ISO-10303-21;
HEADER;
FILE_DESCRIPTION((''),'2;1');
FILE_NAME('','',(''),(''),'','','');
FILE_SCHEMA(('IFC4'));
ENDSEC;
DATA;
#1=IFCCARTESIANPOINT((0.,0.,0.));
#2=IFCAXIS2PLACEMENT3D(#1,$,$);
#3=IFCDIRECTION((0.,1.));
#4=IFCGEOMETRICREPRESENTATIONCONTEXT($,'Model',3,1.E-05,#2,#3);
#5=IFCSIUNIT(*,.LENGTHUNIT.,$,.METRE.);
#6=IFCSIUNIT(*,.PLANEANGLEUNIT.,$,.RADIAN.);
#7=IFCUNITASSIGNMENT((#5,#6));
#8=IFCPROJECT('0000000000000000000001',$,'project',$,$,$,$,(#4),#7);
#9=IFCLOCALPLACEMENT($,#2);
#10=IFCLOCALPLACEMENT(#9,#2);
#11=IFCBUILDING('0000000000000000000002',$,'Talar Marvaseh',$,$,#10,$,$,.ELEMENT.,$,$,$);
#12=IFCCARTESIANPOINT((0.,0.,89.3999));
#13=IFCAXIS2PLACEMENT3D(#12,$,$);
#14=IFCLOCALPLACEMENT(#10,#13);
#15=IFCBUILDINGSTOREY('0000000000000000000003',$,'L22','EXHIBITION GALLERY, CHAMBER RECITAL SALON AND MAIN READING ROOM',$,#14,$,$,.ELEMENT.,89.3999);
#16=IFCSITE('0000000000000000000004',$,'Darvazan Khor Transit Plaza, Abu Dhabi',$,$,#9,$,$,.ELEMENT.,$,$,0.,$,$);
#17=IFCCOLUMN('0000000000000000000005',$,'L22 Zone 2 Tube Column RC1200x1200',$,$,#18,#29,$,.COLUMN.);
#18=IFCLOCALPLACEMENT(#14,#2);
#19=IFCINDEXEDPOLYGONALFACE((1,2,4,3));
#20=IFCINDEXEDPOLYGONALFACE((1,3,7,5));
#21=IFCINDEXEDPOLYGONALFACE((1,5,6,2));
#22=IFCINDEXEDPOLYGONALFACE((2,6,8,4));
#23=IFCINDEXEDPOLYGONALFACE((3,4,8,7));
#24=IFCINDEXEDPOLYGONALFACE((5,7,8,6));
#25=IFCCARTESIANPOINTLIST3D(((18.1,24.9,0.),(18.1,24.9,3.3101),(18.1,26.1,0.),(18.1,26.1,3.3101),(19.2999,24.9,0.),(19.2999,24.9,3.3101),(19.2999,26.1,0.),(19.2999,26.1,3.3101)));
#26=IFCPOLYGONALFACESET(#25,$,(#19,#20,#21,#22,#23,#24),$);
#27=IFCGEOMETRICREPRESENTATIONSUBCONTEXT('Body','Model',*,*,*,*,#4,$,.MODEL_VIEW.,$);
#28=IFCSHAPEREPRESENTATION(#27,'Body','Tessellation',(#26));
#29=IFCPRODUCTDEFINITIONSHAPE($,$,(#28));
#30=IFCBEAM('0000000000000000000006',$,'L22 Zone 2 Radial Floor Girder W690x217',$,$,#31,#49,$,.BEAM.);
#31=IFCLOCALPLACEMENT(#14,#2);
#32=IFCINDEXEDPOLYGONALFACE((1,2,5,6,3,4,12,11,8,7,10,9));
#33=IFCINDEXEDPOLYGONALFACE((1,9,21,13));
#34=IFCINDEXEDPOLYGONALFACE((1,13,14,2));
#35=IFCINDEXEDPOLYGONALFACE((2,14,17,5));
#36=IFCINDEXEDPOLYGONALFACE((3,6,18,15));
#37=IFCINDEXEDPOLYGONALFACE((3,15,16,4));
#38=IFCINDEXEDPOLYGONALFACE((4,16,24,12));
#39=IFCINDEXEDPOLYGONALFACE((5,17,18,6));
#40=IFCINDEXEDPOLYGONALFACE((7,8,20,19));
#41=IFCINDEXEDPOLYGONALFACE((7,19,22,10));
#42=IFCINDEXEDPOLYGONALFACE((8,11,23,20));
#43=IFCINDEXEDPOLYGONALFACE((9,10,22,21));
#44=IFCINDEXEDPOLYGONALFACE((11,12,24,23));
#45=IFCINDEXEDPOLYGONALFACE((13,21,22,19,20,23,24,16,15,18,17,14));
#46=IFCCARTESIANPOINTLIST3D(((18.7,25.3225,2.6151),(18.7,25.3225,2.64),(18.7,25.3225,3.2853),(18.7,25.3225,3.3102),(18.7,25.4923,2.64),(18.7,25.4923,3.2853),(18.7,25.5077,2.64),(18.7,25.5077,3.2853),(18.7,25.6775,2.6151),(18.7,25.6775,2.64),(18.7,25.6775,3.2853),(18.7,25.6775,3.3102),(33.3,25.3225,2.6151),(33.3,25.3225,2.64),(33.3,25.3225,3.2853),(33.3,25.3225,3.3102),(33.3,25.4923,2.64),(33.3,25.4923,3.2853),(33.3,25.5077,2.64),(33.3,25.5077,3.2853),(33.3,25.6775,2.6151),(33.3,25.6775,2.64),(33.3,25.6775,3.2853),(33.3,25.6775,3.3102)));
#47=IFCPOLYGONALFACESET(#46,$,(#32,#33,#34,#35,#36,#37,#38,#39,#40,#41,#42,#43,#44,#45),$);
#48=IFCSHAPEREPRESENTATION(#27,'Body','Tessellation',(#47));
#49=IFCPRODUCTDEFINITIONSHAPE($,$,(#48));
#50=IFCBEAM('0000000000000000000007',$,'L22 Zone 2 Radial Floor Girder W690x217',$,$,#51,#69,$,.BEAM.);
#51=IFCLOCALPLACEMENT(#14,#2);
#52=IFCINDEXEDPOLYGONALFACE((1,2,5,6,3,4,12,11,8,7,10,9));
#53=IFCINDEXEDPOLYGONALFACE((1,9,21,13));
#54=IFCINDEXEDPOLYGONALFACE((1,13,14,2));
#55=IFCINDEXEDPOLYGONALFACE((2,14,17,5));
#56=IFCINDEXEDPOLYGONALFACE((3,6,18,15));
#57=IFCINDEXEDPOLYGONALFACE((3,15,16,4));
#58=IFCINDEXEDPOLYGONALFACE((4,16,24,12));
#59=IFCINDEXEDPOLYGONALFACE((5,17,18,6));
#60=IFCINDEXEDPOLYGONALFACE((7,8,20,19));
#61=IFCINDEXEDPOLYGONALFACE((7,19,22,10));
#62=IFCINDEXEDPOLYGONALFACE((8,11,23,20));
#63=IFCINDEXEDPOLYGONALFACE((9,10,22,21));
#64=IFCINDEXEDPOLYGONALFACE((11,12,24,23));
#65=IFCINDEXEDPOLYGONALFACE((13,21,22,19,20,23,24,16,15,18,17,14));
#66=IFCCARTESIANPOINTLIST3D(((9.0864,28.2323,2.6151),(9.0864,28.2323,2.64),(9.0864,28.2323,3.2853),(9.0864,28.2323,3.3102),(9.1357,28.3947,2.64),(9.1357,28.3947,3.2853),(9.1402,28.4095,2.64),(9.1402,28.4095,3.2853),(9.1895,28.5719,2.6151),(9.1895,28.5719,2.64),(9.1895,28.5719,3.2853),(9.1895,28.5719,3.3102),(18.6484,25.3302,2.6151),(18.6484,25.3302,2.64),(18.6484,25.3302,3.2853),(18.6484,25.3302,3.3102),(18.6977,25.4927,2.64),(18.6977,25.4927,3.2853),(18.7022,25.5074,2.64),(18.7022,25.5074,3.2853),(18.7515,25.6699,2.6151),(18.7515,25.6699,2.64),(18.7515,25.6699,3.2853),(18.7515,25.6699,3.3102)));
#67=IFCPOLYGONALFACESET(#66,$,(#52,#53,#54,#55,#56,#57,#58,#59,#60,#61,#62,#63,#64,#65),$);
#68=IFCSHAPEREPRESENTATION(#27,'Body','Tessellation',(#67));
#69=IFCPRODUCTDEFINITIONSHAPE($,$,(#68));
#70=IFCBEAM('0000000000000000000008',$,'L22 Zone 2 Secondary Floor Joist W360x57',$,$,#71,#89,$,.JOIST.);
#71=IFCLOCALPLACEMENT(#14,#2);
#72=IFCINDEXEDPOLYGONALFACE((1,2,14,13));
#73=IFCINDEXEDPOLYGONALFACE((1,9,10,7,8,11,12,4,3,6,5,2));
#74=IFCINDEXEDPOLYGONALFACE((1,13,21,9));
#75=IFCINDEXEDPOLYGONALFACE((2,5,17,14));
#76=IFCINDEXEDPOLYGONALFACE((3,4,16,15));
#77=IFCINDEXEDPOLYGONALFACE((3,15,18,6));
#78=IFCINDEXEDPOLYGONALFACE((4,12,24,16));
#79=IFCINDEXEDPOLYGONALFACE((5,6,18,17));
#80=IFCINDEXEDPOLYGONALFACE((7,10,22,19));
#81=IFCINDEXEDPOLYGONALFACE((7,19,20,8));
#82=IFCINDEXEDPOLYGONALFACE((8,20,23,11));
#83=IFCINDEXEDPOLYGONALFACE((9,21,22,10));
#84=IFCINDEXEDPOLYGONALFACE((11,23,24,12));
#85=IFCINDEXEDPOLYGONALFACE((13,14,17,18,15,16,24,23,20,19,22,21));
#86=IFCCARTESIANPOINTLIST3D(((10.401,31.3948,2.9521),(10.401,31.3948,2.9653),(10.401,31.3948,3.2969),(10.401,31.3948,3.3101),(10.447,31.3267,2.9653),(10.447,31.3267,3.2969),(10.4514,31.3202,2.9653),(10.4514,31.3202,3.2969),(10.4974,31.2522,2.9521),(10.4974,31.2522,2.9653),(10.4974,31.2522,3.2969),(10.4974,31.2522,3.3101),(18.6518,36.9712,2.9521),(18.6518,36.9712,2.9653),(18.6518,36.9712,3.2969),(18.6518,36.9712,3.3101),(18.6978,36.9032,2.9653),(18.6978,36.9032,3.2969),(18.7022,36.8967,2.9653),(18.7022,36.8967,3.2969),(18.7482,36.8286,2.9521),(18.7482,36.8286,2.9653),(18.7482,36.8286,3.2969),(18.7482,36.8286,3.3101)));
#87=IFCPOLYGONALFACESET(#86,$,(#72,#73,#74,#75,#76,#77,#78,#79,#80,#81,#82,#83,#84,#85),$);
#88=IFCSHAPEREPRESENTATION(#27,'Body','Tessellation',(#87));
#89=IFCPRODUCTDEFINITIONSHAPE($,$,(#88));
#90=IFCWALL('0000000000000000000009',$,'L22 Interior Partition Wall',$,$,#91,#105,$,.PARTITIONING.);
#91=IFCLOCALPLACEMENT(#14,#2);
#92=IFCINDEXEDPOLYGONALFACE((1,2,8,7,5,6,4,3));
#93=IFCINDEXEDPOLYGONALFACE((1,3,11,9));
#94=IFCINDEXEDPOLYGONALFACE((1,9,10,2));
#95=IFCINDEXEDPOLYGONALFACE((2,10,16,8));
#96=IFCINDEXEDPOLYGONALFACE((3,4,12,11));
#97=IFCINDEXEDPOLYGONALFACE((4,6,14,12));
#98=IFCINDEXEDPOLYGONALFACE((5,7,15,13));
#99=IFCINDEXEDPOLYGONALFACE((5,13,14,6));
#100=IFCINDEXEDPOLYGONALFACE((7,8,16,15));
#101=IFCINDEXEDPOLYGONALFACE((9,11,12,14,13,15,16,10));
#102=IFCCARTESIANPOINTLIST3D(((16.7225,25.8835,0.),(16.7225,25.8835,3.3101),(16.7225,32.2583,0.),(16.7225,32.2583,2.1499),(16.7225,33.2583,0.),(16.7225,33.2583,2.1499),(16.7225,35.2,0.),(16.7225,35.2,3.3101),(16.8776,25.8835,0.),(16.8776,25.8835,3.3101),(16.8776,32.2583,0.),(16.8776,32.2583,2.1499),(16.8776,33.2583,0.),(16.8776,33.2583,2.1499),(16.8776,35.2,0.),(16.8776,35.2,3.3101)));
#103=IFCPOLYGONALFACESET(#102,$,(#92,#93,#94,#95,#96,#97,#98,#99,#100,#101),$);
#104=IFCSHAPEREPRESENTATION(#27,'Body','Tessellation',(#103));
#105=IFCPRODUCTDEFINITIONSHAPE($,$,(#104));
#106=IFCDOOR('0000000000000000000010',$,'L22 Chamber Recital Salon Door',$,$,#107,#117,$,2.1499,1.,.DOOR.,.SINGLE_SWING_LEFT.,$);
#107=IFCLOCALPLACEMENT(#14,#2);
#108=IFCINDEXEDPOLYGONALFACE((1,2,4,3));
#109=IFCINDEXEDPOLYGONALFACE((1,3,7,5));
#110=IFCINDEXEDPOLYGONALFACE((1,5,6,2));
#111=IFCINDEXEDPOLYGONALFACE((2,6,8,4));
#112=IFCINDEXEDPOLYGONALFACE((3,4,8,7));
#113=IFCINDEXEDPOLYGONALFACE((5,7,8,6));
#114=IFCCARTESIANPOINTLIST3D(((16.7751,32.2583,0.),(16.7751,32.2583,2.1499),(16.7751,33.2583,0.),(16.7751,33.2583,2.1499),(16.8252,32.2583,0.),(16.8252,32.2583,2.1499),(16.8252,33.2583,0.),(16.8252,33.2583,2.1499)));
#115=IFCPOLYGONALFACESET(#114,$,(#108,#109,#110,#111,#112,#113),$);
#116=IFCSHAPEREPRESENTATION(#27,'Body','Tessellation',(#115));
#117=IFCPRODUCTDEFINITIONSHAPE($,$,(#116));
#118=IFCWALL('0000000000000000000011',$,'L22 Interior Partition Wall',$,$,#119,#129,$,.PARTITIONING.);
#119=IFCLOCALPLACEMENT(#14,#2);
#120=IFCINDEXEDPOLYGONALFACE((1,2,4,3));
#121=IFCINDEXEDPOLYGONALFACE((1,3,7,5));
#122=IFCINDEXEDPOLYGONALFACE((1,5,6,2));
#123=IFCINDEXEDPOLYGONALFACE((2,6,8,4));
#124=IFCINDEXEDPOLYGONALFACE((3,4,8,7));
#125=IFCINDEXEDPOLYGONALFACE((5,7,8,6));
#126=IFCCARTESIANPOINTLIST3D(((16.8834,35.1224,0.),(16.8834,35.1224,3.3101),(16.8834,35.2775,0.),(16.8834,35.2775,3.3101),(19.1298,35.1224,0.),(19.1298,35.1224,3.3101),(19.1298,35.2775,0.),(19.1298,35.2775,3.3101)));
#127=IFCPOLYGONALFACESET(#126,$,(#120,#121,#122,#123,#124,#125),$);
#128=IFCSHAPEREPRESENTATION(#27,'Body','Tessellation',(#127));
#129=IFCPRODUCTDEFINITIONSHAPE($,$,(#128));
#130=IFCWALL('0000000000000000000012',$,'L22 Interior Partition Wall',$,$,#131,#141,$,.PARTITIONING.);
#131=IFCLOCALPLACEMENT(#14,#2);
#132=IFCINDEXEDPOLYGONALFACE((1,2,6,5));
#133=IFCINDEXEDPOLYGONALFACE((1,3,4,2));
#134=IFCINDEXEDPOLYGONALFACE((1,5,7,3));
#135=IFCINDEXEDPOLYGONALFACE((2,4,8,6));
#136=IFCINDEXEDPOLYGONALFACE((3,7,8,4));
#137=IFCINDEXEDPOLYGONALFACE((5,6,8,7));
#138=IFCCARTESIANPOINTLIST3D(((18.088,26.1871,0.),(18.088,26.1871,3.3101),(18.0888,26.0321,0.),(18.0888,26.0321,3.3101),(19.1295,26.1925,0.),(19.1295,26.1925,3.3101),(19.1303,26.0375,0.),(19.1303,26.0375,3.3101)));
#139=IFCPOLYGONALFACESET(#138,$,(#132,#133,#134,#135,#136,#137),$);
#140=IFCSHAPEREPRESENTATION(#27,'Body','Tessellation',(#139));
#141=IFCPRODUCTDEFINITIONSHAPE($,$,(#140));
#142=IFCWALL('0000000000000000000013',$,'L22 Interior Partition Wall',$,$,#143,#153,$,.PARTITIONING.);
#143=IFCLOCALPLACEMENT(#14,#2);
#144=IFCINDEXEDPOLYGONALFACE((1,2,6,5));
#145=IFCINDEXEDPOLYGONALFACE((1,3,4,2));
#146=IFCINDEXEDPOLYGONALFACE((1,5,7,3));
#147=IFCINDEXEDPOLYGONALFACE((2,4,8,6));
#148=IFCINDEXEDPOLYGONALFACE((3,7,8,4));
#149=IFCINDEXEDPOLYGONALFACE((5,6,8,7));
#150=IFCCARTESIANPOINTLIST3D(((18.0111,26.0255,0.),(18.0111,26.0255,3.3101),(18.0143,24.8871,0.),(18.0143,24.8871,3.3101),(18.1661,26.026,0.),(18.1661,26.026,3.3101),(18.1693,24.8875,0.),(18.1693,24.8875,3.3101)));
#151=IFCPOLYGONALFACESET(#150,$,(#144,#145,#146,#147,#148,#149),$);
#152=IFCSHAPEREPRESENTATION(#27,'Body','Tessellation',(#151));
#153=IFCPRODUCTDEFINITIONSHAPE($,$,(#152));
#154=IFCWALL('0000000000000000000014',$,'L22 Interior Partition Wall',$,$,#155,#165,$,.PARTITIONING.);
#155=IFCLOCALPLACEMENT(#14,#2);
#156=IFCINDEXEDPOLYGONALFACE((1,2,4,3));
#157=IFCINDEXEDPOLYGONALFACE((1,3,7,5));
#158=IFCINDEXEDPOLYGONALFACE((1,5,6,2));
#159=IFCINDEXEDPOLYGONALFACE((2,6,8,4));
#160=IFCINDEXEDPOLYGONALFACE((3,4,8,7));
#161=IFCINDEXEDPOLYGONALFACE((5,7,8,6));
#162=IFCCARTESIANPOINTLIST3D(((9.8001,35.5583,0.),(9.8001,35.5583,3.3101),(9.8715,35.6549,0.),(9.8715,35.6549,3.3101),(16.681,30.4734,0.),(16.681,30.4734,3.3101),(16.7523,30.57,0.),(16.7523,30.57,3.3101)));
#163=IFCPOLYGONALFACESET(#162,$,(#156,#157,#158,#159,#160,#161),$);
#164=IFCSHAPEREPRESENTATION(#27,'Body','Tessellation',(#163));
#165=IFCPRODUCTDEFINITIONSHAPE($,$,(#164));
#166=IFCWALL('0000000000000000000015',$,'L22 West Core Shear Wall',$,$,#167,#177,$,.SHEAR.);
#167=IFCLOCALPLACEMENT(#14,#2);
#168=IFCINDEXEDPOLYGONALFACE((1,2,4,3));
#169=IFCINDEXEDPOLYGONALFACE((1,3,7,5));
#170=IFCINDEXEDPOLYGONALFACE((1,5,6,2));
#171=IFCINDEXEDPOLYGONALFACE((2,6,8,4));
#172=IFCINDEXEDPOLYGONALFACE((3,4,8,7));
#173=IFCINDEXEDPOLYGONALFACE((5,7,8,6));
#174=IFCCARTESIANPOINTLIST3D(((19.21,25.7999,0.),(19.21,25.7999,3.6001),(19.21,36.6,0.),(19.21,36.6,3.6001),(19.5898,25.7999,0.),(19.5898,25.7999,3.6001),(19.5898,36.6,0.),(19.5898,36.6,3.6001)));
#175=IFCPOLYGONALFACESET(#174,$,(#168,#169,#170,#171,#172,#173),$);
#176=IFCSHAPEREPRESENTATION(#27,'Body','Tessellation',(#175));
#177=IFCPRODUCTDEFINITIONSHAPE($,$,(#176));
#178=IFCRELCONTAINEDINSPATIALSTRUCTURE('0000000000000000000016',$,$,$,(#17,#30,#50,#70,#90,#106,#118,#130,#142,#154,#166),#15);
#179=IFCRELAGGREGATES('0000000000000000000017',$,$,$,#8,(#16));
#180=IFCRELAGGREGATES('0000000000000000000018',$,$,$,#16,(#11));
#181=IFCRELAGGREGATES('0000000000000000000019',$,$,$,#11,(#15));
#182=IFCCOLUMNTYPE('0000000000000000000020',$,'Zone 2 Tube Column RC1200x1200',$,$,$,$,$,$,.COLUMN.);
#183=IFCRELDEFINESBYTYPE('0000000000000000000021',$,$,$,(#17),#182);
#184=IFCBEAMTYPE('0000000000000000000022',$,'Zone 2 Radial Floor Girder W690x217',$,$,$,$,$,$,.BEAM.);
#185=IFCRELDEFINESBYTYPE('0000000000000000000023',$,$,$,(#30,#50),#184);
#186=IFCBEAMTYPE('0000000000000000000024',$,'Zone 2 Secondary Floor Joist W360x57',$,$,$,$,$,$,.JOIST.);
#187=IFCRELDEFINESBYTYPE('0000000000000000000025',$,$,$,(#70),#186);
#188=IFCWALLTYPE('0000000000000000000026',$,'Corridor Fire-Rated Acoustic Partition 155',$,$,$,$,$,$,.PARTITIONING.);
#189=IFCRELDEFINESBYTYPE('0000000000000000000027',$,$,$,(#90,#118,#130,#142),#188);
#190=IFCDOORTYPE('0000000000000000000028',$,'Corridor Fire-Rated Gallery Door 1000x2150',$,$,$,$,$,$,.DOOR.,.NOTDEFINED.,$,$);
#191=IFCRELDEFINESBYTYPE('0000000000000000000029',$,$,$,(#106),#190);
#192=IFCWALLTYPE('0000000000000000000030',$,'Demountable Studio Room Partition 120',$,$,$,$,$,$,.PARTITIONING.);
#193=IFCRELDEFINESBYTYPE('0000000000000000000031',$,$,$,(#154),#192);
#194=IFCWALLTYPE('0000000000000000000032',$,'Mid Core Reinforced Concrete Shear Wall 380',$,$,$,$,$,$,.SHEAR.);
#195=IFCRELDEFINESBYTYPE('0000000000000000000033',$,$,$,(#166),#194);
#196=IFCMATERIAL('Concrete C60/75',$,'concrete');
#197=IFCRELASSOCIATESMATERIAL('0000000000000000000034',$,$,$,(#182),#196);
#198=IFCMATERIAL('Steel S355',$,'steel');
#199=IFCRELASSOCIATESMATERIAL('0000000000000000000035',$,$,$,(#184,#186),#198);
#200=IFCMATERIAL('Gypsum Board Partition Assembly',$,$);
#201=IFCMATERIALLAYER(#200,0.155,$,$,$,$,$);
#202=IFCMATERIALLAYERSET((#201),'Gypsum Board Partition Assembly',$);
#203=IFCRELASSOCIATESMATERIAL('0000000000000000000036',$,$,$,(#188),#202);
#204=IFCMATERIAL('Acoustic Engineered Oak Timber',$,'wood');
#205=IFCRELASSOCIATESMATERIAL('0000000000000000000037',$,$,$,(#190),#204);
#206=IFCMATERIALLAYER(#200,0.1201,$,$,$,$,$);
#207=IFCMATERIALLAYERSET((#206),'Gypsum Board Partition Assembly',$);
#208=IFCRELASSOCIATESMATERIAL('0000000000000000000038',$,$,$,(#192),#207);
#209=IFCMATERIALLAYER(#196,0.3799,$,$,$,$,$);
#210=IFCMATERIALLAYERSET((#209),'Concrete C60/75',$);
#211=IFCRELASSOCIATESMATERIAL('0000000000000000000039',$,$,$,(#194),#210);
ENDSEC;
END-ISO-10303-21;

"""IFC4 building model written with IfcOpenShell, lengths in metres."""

from ifc_helpers import new_model, si_unit, direction, frame, frame_2d, origin, origin_2d, place, context, subcontext, project, spatial, rectangle, i_section, extrude, source, transform, mapped, material, layer, layer_set, material_profile, profile_set, type_object, type_shapes, element, fill, save


model = new_model("IFC4")

# Units and contexts
model_context = context("Model", 3, precision=1e-05, world=origin(), true_north=direction((0.0, 1.0)))
body_context = subcontext(model_context, "Body", "Model", "MODEL_VIEW")
ifc_project = project(units=[si_unit("LENGTHUNIT", "METRE"), si_unit("PLANEANGLEUNIT", "RADIAN")], contexts=[model_context])

# Site, building, storey
site_placement = place(None, origin())
site = spatial("IfcSite", under=ifc_project, at=site_placement, Name="Darvazan Khor Transit Plaza, Abu Dhabi", CompositionType="ELEMENT", RefElevation=0.0)
building_placement = place(site_placement, origin())
building = spatial("IfcBuilding", under=site, at=building_placement, Name="Talar Marvaseh", CompositionType="ELEMENT")
storey_placement = place(building_placement, frame((0.0, 0.0, 89.3999)))
storey = spatial("IfcBuildingStorey", under=building, at=storey_placement, Name="L22", Description="EXHIBITION GALLERY, CHAMBER RECITAL SALON AND MAIN READING ROOM", CompositionType="ELEMENT", Elevation=89.3999)

# Column
ifc_material_1 = material(Name="Concrete C60/75", Category="concrete")
ifc_material_profile_1 = material_profile(ifc_material_1, rectangle(XDim=1.2, YDim=1.2, at=origin_2d()), Name="RC1200x1200")
ifc_profile_set_1 = profile_set([ifc_material_profile_1], Name="Concrete C60/75")
column_type = type_object("IfcColumnType", Name="Zone 2 Tube Column RC1200x1200", PredefinedType="COLUMN", material=ifc_profile_set_1)
column_placement = place(storey_placement, frame((18.7, 25.5, 0.0), z_axis=(0.0, 0.0, 1.0), x_axis=(1.0, 0.0, 0.0)))
element("IfcColumn", 1, at=column_placement, inside=storey, type_object=column_type, Name="L22 Zone 2 Tube Column RC1200x1200", PredefinedType="COLUMN", context=body_context, shape_type="SweptSolid", body=[
    extrude(rectangle(XDim=1.2, YDim=1.2, at=origin_2d()), origin(), (0.0, 0.0, 1.0), 3.3101),
])

# Beams
ifc_material_2 = material(Name="Steel S355", Category="steel")
ifc_material_profile_2 = material_profile(ifc_material_2, i_section(OverallWidth=0.355, OverallDepth=0.6951, WebThickness=0.0154, FlangeThickness=0.0249, at=origin_2d()), Name="W690x217")
ifc_profile_set_2 = profile_set([ifc_material_profile_2], Name="Steel S355")
beam_type_1 = type_object("IfcBeamType", Name="Zone 2 Radial Floor Girder W690x217", PredefinedType="BEAM", material=ifc_profile_set_2)
beam_1_placement = place(storey_placement, frame((18.7, 25.5, 2.9626), z_axis=(1.0, 0.0, 0.0), x_axis=(0.0, 1.0, 0.0)))
element("IfcBeam", 2, at=beam_1_placement, inside=storey, type_object=beam_type_1, Name="L22 Zone 2 Radial Floor Girder W690x217", PredefinedType="BEAM", context=body_context, shape_type="SweptSolid", body=[
    extrude(i_section(OverallWidth=0.355, OverallDepth=0.6951, WebThickness=0.0154, FlangeThickness=0.0249, at=origin_2d()), origin(), (0.0, 0.0, 1.0), 14.6001),
])
beam_2_placement = place(storey_placement, frame((9.1379, 28.4021, 2.9626), z_axis=(0.956899, -0.290422, 0.0), x_axis=(0.290422, 0.956899, 0.0)))
element("IfcBeam", 3, at=beam_2_placement, inside=storey, type_object=beam_type_1, Name="L22 Zone 2 Radial Floor Girder W690x217", PredefinedType="BEAM", context=body_context, shape_type="SweptSolid", body=[
    extrude(i_section(OverallWidth=0.355, OverallDepth=0.6951, WebThickness=0.0154, FlangeThickness=0.0249, at=origin_2d()), origin(), (0.0, 0.0, 1.0), 9.9927),
])
ifc_material_profile_3 = material_profile(ifc_material_2, i_section(OverallWidth=0.1721, OverallDepth=0.3579, WebThickness=0.0078, FlangeThickness=0.0132, at=origin_2d()), Name="W360x57")
ifc_profile_set_3 = profile_set([ifc_material_profile_3], Name="Steel S355")
beam_type_2 = type_object("IfcBeamType", Name="Zone 2 Secondary Floor Joist W360x57", PredefinedType="JOIST", material=ifc_profile_set_3)
beam_3_placement = place(storey_placement, frame((10.4492, 31.3235, 3.1311), z_axis=(0.828515, 0.559967, 0.0), x_axis=(-0.559967, 0.828515, 0.0)))
element("IfcBeam", 4, at=beam_3_placement, inside=storey, type_object=beam_type_2, Name="L22 Zone 2 Secondary Floor Joist W360x57", PredefinedType="JOIST", context=body_context, shape_type="SweptSolid", body=[
    extrude(i_section(OverallWidth=0.1721, OverallDepth=0.3579, WebThickness=0.0078, FlangeThickness=0.0132, at=origin_2d()), origin(), (0.0, 0.0, 1.0), 9.9585),
])

# Wall, opening, door
ifc_material_3 = material(Name="Gypsum Board Partition Assembly")
ifc_layer_1 = layer(ifc_material_3, 0.155)
ifc_layer_set_1 = layer_set([ifc_layer_1], Name="Gypsum Board Partition Assembly")
wall_type_1 = type_object("IfcWallType", Name="Corridor Fire-Rated Acoustic Partition 155", PredefinedType="PARTITIONING", material=ifc_layer_set_1)
wall_1_placement = place(storey_placement, frame((16.8, 25.8835, 0.0), z_axis=(0.0, 0.0, 1.0), x_axis=(0.0, 1.0, 0.0)))
wall_1 = element("IfcWall", 5, at=wall_1_placement, inside=storey, type_object=wall_type_1, Name="L22 Interior Partition Wall", PredefinedType="PARTITIONING", context=body_context, shape_type="SweptSolid", body=[
    extrude(rectangle(XDim=9.3164, YDim=0.155, at=frame_2d((4.6582, 0.0))), origin(), (0.0, 0.0, 1.0), 3.3101),
])
opening_placement = place(wall_1_placement, frame((6.3748, 0.0, 0.0)))
opening = element("IfcOpeningElement", 6, at=opening_placement, cuts=wall_1, PredefinedType="OPENING", context=body_context, shape_type="SweptSolid", body=[
    extrude(rectangle(XDim=1.0, YDim=2.1499, at=frame_2d((0.5, 1.075))), frame((0.0, 0.0874, 0.0), z_axis=(0.0, -1.0, 0.0), x_axis=(1.0, 0.0, 0.0)), (0.0, 0.0, 1.0), 0.175),
])
ifc_material_4 = material(Name="Acoustic Engineered Oak Timber", Category="wood")
door_type = type_object("IfcDoorType", Name="Corridor Fire-Rated Gallery Door 1000x2150", OperationType="NOTDEFINED", PredefinedType="DOOR", material=ifc_material_4)
shared_shape_1 = source(origin(), body_context, "Body", "SweptSolid", [
    extrude(rectangle(XDim=1.0, YDim=2.1499, at=frame_2d((0.5, 1.075))), frame((0.0, 0.0249, 0.0), z_axis=(0.0, -1.0, 0.0), x_axis=(1.0, 0.0, 0.0)), (0.0, 0.0, 1.0), 0.05),
])
type_shapes(door_type, [shared_shape_1])
door_placement = place(opening_placement, origin())
door = element("IfcDoor", 7, at=door_placement, inside=storey, type_object=door_type, Name="L22 Chamber Recital Salon Door", OperationType="SINGLE_SWING_LEFT", OverallHeight=2.1499, OverallWidth=1.0, PredefinedType="DOOR", context=body_context, shape_type="MappedRepresentation", body=[
    mapped(shared_shape_1, transform((0.0, 0.0, 0.0), x_axis=(1.0, 0.0, 0.0), y_axis=(0.0, 1.0, 0.0), z_axis=(0.0, 0.0, 1.0), scale=1.0)),
])
fill(opening, door)

# Walls
wall_2_placement = place(storey_placement, frame((16.8835, 35.2, 0.0), z_axis=(0.0, 0.0, 1.0), x_axis=(1.0, 0.0, 0.0)))
element("IfcWall", 8, at=wall_2_placement, inside=storey, type_object=wall_type_1, Name="L22 Interior Partition Wall", PredefinedType="PARTITIONING", context=body_context, shape_type="SweptSolid", body=[
    extrude(rectangle(XDim=2.2463, YDim=0.155, at=frame_2d((1.123, 0.0))), origin(), (0.0, 0.0, 1.0), 3.3101),
])
wall_3_placement = place(storey_placement, frame((19.1299, 26.115, 0.0), z_axis=(0.0, 0.0, 1.0), x_axis=(-0.999987, -0.005157, 0.0)))
element("IfcWall", 9, at=wall_3_placement, inside=storey, type_object=wall_type_1, Name="L22 Interior Partition Wall", PredefinedType="PARTITIONING", context=body_context, shape_type="SweptSolid", body=[
    extrude(rectangle(XDim=1.0415, YDim=0.155, at=frame_2d((0.5208, 0.0))), origin(), (0.0, 0.0, 1.0), 3.3101),
])
wall_4_placement = place(storey_placement, frame((18.0886, 26.0259, 0.0), z_axis=(0.0, 0.0, 1.0), x_axis=(0.002788, -0.999996, 0.0)))
element("IfcWall", 10, at=wall_4_placement, inside=storey, type_object=wall_type_1, Name="L22 Interior Partition Wall", PredefinedType="PARTITIONING", context=body_context, shape_type="SweptSolid", body=[
    extrude(rectangle(XDim=1.1384, YDim=0.155, at=frame_2d((0.5693, 0.0))), origin(), (0.0, 0.0, 1.0), 3.3101),
])
ifc_layer_2 = layer(ifc_material_3, 0.1201)
ifc_layer_set_2 = layer_set([ifc_layer_2], Name="Gypsum Board Partition Assembly")
wall_type_2 = type_object("IfcWallType", Name="Demountable Studio Room Partition 120", PredefinedType="PARTITIONING", material=ifc_layer_set_2)
wall_5_placement = place(storey_placement, frame((16.7166, 30.5217, 0.0), z_axis=(0.0, 0.0, 1.0), x_axis=(-0.804226, 0.594324, 0.0)))
element("IfcWall", 11, at=wall_5_placement, inside=storey, type_object=wall_type_2, Name="L22 Interior Partition Wall", PredefinedType="PARTITIONING", context=body_context, shape_type="SweptSolid", body=[
    extrude(rectangle(XDim=8.5559, YDim=0.1201, at=frame_2d((4.2778, 0.0))), origin(), (0.0, 0.0, 1.0), 3.3101),
])
ifc_layer_3 = layer(ifc_material_1, 0.3799)
ifc_layer_set_3 = layer_set([ifc_layer_3], Name="Concrete C60/75")
wall_type_3 = type_object("IfcWallType", Name="Mid Core Reinforced Concrete Shear Wall 380", PredefinedType="SHEAR", material=ifc_layer_set_3)
wall_6_placement = place(storey_placement, frame((19.3999, 25.8, 0.0), z_axis=(0.0, 0.0, 1.0), x_axis=(0.0, 1.0, 0.0)))
element("IfcWall", 12, at=wall_6_placement, inside=storey, type_object=wall_type_3, Name="L22 West Core Shear Wall", PredefinedType="SHEAR", context=body_context, shape_type="SweptSolid", body=[
    extrude(rectangle(XDim=10.8, YDim=0.3799, at=frame_2d((5.3999, 0.0))), origin(), (0.0, 0.0, 1.0), 3.6001),
])

save(model, "model.ifc")
